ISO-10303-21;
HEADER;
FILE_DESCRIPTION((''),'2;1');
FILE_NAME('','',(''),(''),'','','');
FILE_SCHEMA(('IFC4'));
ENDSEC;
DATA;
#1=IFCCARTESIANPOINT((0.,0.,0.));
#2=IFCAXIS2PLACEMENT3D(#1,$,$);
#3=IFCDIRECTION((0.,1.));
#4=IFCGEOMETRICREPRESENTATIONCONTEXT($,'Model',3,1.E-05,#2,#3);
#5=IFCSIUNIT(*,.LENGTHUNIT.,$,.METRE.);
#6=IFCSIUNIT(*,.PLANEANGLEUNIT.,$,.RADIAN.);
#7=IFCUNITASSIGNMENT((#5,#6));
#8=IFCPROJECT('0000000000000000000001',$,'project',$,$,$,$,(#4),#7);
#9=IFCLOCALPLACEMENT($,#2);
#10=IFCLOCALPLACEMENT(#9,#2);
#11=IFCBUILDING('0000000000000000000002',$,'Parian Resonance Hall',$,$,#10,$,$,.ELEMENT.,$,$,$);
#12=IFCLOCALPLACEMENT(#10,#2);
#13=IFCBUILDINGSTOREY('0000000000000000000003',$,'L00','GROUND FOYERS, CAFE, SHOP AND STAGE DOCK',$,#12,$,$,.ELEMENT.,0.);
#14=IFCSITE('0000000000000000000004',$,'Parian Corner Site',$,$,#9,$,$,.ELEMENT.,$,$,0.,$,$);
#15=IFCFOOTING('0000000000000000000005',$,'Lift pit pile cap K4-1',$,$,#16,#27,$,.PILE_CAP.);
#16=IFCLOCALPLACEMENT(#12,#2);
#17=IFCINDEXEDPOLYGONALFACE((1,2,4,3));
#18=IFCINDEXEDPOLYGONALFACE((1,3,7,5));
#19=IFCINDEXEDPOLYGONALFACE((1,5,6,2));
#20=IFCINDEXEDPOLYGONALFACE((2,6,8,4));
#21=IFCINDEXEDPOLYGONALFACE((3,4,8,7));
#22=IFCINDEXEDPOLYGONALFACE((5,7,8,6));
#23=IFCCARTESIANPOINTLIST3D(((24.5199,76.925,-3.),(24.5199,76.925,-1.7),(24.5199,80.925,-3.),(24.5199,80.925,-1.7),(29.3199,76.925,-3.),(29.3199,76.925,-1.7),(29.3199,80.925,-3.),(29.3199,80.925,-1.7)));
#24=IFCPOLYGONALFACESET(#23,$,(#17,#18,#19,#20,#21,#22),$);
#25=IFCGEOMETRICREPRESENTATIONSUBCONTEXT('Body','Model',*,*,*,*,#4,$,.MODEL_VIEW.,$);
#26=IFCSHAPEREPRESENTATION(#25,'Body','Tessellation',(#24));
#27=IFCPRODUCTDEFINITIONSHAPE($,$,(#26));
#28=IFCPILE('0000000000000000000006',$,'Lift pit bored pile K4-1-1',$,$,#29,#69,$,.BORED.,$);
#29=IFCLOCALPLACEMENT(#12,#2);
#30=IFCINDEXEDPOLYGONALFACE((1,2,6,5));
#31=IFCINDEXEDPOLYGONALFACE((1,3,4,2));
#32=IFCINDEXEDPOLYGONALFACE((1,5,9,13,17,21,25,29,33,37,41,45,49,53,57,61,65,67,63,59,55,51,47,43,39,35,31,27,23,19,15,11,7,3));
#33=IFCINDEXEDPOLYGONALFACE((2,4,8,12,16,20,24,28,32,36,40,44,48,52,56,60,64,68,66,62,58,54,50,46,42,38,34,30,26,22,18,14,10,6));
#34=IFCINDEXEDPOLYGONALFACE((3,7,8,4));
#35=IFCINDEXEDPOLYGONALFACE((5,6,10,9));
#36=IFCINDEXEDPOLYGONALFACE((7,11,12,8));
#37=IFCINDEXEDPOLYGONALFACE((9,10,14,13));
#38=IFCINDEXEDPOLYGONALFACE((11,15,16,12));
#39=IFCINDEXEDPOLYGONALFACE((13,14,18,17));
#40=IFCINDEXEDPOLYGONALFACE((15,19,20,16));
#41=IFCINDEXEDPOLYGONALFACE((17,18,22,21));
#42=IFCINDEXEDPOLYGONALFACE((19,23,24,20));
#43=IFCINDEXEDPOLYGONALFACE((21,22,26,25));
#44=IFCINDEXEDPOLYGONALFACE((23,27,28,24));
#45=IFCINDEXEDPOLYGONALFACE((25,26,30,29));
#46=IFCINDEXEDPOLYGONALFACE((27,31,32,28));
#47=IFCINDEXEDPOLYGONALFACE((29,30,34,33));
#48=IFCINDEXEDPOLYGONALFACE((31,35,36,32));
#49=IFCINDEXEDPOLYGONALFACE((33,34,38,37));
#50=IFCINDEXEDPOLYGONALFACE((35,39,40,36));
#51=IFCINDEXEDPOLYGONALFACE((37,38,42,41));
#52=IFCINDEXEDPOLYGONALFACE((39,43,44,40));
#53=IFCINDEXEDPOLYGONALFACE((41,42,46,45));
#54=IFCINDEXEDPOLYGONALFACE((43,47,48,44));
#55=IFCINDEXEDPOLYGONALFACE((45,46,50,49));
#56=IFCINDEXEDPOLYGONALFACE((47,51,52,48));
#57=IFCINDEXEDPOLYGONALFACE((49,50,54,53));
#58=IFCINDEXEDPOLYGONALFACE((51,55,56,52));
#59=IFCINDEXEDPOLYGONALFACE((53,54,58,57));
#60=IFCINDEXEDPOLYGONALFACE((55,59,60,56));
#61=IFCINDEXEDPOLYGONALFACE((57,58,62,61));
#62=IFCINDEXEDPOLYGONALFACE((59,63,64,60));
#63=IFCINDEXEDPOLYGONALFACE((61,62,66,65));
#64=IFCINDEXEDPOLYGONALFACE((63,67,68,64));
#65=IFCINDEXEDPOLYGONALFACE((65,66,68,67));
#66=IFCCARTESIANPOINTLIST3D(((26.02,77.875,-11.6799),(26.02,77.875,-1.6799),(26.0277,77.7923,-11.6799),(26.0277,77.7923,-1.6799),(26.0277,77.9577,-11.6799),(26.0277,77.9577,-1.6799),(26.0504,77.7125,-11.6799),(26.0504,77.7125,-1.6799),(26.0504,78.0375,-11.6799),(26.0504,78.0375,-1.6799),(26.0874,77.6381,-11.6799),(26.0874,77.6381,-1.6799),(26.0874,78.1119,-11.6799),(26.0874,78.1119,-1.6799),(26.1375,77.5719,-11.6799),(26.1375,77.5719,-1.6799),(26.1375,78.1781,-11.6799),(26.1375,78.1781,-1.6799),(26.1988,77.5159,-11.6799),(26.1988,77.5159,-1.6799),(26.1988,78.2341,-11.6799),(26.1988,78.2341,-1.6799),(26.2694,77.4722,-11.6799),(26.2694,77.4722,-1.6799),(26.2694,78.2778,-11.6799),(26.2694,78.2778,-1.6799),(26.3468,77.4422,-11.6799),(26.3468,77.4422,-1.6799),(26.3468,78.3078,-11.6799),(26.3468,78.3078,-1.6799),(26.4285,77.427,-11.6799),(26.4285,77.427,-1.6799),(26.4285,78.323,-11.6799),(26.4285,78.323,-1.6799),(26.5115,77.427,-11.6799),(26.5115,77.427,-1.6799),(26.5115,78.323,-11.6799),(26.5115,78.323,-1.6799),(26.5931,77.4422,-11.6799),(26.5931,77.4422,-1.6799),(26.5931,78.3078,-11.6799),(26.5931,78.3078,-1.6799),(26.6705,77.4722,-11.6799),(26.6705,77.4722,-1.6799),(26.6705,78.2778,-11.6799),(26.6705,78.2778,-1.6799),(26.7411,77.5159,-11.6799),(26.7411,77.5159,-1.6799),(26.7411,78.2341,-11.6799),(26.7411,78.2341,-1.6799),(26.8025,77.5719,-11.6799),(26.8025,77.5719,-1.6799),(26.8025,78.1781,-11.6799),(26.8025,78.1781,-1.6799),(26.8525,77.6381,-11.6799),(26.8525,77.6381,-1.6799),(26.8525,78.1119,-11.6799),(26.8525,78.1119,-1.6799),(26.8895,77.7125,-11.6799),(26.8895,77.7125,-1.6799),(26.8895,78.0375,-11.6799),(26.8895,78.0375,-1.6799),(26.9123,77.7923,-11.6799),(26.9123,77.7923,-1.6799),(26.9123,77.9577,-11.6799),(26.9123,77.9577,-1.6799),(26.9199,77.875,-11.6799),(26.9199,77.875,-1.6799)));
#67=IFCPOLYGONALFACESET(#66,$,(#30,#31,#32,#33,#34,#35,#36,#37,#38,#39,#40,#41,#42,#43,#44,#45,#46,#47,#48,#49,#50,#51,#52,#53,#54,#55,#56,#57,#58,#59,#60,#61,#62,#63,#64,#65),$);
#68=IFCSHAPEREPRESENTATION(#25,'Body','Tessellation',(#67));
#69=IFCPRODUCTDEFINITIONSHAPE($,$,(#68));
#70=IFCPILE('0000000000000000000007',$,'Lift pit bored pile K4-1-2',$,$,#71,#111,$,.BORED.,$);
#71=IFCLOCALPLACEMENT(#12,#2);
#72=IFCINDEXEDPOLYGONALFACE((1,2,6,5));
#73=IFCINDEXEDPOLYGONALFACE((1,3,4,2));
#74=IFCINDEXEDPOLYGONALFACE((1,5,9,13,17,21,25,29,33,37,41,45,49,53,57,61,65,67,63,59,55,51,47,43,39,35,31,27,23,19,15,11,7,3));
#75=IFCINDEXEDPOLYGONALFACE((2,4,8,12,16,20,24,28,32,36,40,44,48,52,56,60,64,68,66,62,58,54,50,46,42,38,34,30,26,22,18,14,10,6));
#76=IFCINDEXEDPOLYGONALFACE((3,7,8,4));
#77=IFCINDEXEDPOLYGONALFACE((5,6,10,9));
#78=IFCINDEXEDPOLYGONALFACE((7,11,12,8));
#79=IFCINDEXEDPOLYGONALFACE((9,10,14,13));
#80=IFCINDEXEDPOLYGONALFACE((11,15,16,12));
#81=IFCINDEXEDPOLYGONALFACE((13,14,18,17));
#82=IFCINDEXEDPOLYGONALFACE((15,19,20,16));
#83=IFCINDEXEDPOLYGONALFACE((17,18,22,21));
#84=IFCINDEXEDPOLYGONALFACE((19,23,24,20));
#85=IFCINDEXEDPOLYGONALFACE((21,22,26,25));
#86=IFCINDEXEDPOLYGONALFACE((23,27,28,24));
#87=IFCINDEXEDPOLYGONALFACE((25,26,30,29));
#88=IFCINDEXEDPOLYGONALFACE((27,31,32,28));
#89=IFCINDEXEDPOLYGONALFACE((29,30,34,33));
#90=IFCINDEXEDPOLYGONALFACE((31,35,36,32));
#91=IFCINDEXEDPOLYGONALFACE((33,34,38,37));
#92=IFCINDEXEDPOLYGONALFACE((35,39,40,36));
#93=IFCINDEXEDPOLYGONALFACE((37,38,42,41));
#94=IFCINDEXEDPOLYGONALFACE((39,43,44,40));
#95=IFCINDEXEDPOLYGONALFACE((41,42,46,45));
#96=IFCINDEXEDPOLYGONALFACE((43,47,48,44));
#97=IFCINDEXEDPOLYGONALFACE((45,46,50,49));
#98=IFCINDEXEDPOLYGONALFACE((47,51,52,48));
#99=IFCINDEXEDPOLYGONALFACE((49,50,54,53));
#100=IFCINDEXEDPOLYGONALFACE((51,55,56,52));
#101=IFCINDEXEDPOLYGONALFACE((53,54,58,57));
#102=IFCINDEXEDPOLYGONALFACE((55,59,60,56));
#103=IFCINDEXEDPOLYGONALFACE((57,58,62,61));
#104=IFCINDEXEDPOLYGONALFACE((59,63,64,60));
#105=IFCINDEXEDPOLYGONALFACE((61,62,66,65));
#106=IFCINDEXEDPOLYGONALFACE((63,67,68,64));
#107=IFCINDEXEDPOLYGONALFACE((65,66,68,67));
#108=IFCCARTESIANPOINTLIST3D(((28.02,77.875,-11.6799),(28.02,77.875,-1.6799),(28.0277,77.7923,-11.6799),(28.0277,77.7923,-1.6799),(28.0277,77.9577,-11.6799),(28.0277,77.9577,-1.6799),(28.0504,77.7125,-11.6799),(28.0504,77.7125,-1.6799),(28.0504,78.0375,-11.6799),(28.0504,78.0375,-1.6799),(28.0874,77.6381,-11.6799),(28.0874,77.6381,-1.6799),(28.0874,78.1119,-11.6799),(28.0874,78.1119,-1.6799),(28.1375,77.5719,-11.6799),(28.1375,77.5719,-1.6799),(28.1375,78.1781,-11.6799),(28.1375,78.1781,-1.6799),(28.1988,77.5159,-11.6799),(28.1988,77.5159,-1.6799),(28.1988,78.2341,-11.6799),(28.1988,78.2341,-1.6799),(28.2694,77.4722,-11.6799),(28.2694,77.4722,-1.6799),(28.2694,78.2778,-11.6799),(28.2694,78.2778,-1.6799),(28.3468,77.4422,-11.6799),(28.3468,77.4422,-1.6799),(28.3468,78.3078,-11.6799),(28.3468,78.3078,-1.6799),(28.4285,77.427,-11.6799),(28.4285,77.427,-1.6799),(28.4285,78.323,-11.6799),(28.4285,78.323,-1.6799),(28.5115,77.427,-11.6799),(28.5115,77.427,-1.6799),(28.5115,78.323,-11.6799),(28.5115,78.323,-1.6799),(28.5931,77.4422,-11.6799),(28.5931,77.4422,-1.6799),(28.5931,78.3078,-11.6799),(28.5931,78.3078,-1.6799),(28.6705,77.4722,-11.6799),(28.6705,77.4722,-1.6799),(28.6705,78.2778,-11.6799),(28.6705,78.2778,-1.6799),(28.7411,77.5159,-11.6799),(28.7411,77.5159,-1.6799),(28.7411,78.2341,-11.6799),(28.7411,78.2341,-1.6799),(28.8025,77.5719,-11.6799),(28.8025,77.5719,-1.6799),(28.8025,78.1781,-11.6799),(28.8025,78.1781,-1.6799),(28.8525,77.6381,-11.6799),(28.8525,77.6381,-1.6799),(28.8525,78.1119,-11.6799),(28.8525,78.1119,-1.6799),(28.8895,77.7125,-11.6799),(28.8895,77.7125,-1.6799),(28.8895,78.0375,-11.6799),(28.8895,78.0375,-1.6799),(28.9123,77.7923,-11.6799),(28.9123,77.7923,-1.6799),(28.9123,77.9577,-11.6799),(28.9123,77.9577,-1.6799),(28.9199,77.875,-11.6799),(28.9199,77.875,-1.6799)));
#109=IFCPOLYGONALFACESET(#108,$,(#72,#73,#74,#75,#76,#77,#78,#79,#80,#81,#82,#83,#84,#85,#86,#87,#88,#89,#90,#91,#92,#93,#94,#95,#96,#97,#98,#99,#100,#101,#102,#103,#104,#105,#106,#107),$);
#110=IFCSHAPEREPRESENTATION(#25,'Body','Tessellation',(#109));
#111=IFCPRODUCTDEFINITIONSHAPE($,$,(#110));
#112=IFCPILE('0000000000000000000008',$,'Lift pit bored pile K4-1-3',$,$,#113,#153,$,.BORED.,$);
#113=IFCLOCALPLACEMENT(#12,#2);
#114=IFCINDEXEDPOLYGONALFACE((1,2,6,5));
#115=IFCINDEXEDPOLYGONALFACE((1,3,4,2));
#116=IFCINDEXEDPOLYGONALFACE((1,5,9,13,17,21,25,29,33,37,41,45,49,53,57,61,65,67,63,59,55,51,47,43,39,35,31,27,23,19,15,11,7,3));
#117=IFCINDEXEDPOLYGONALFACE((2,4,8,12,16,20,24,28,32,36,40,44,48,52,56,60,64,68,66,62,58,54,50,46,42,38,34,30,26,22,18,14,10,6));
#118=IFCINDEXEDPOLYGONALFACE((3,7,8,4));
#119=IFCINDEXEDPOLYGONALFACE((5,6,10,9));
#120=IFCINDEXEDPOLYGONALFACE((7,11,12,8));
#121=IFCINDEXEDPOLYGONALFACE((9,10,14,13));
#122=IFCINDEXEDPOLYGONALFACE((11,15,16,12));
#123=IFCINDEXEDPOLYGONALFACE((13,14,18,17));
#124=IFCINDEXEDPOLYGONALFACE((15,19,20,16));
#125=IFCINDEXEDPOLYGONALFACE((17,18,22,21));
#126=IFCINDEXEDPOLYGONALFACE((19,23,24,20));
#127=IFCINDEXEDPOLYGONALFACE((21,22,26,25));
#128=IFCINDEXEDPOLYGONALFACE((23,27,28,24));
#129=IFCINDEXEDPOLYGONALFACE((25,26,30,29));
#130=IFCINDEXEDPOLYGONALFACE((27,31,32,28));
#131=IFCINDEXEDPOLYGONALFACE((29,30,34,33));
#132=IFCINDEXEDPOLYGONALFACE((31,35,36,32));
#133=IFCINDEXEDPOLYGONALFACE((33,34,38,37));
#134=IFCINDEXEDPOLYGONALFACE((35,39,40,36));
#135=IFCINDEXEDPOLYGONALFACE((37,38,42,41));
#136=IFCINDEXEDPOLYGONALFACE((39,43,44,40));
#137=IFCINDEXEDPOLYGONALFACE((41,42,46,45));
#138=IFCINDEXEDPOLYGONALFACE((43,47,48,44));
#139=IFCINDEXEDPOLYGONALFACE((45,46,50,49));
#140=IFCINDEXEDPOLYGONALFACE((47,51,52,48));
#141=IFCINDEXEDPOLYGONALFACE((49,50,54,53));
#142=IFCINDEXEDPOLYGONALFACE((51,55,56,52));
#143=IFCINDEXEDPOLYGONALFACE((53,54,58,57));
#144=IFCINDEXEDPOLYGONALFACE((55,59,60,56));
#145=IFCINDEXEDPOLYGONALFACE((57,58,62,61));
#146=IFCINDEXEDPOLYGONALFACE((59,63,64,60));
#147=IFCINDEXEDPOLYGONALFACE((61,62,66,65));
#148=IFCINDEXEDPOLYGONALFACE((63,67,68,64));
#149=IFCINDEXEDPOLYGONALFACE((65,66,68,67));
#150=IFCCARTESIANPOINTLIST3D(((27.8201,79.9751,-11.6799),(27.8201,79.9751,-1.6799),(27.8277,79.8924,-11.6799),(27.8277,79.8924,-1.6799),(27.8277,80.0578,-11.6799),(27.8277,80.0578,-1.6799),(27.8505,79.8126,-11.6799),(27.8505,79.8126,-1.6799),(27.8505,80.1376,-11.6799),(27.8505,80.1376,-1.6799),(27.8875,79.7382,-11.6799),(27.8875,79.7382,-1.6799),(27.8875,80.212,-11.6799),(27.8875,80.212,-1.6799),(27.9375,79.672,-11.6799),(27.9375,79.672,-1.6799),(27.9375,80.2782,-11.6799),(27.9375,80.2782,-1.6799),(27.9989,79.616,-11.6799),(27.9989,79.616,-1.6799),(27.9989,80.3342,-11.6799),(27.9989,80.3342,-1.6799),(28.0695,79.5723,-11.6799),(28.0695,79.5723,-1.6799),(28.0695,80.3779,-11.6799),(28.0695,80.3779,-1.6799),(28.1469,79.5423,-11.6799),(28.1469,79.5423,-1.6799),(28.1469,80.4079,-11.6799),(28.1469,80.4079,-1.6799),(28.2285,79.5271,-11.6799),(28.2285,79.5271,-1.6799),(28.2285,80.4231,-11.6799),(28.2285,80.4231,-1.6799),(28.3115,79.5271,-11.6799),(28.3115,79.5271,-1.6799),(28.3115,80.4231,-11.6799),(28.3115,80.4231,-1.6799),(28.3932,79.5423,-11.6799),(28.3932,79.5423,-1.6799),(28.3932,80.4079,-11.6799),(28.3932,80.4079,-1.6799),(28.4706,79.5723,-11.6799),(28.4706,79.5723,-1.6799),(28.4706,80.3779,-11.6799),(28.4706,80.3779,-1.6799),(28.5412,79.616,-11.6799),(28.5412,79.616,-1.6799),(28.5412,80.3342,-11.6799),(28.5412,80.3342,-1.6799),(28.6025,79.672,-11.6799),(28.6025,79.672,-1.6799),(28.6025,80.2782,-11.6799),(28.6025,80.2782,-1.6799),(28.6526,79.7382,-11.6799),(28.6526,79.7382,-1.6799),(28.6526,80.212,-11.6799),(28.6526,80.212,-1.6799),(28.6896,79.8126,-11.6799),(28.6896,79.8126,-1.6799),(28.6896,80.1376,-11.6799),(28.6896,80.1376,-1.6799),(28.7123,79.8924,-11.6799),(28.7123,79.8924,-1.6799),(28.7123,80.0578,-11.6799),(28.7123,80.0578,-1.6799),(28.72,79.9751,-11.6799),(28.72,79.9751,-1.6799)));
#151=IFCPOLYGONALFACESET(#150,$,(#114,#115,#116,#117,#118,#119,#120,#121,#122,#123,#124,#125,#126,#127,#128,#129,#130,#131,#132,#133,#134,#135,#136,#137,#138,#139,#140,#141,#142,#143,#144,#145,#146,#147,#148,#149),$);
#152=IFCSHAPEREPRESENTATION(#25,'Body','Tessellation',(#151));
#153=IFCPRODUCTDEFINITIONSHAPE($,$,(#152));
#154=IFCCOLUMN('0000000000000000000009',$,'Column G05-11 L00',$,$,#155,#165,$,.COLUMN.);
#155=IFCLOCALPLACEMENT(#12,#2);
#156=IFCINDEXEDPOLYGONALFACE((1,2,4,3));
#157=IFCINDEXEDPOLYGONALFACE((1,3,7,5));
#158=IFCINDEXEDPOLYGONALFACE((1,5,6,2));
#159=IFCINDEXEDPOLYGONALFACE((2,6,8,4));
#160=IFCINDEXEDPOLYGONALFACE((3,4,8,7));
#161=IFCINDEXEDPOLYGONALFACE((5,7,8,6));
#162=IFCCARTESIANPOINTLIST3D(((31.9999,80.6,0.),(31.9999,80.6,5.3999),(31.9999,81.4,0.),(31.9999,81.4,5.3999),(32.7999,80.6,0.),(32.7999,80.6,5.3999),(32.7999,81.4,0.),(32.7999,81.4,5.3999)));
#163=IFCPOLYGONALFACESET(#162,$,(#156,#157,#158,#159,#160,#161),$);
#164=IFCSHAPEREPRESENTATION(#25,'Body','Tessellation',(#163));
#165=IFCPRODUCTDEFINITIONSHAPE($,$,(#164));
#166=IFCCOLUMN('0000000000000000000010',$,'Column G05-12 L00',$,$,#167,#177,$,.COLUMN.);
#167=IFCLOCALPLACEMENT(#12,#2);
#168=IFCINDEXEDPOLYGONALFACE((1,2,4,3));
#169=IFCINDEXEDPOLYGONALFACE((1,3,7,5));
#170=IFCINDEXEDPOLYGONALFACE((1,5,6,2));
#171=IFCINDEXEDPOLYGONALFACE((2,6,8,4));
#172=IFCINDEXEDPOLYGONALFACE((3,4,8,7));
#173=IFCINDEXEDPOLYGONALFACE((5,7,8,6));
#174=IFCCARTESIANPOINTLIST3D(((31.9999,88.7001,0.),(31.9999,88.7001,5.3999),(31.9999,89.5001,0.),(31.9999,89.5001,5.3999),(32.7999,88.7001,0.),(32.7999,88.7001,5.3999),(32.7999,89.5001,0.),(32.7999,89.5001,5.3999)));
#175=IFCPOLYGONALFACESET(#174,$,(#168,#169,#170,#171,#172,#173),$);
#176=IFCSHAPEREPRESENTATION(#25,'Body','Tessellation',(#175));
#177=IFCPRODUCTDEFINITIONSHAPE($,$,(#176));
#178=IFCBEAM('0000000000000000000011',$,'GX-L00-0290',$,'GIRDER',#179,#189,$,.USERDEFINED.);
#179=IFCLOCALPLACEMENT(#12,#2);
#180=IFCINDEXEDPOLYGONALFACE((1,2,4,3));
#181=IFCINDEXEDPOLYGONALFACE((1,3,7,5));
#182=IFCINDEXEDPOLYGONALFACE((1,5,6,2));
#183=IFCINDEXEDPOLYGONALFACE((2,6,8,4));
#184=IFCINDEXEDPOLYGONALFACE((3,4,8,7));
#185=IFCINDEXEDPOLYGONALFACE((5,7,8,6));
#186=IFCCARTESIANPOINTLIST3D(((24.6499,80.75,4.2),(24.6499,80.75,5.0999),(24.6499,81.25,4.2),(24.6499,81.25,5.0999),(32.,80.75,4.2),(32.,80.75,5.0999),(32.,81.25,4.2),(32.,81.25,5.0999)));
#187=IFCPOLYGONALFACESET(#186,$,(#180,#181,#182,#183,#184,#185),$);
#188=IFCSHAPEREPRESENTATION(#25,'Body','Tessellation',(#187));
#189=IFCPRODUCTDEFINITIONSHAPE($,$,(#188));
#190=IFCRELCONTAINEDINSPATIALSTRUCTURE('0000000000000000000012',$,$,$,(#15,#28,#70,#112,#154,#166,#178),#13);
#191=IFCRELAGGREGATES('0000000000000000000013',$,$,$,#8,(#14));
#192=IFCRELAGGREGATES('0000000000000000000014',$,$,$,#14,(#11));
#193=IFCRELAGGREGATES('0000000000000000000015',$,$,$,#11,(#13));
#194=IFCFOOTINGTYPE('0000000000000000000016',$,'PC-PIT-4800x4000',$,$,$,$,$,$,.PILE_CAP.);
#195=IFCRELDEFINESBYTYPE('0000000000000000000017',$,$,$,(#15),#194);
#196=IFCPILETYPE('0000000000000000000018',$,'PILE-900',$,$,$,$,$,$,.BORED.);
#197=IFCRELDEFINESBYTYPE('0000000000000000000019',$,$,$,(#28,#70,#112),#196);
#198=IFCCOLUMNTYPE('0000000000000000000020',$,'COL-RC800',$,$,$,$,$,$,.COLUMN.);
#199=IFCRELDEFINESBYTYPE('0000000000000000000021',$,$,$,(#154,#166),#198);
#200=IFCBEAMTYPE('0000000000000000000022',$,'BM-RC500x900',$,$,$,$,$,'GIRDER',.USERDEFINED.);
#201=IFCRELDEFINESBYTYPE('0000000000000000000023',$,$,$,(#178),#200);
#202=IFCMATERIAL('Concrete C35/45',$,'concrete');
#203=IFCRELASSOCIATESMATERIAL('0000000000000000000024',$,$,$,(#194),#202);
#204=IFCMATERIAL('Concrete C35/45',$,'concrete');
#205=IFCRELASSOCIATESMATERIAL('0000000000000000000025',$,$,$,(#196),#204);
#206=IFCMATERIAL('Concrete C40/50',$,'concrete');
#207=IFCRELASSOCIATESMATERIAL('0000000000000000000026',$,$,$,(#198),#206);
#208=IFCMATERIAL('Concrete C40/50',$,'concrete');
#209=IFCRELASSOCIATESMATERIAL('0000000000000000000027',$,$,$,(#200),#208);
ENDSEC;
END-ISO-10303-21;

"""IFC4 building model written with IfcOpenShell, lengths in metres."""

from ifc_helpers import new_model, si_unit, direction, frame, origin, origin_2d, place, context, subcontext, project, spatial, rectangle, circle, extrude, material, material_profile, profile_set, type_object, element, save


model = new_model("IFC4")

# Units and contexts
model_context = context("Model", 3, precision=1e-05, world=origin(), true_north=direction((0.0, 1.0)))
body_context = subcontext(model_context, "Body", "Model", "MODEL_VIEW")
ifc_project = project(units=[si_unit("LENGTHUNIT", "METRE"), si_unit("PLANEANGLEUNIT", "RADIAN")], contexts=[model_context])

# Site, building, storey
site_placement = place(None, origin())
site = spatial("IfcSite", under=ifc_project, at=site_placement, Name="Parian Corner Site", CompositionType="ELEMENT", RefElevation=0.0)
building_placement = place(site_placement, origin())
building = spatial("IfcBuilding", under=site, at=building_placement, Name="Parian Resonance Hall", CompositionType="ELEMENT")
storey_placement = place(building_placement, origin())
storey = spatial("IfcBuildingStorey", under=building, at=storey_placement, Name="L00", Description="GROUND FOYERS, CAFE, SHOP AND STAGE DOCK", CompositionType="ELEMENT", Elevation=0.0)

# Footing
ifc_material_1 = material(Name="Concrete C35/45", Category="concrete")
footing_type = type_object("IfcFootingType", Name="PC-PIT-4800x4000", PredefinedType="PILE_CAP", material=ifc_material_1)
footing_placement = place(storey_placement, frame((26.9199, 78.925, -3.0), z_axis=(0.0, 0.0, 1.0), x_axis=(1.0, 0.0, 0.0)))
element("IfcFooting", 1, at=footing_placement, inside=storey, type_object=footing_type, Name="Lift pit pile cap K4-1", PredefinedType="PILE_CAP", context=body_context, shape_type="SweptSolid", body=[
    extrude(rectangle(XDim=4.8, YDim=4.0, at=origin_2d()), origin(), (0.0, 0.0, 1.0), 1.3),
])

# Piles
ifc_material_2 = material(Name="Concrete C35/45", Category="concrete")
ifc_material_profile_1 = material_profile(ifc_material_2, circle(Radius=0.45, at=origin_2d()), Name="PILE-D900")
ifc_profile_set_1 = profile_set([ifc_material_profile_1], Name="Concrete C35/45")
pile_type = type_object("IfcPileType", Name="PILE-900", PredefinedType="BORED", material=ifc_profile_set_1)
for number, where, z_axis, x_axis, name in (
    (2, (26.47, 77.875, -1.6799), (0.0, 0.0, -1.0), (1.0, 0.0, 0.0), "Lift pit bored pile K4-1-1"),
    (3, (28.47, 77.875, -1.6799), (0.0, 0.0, -1.0), (1.0, 0.0, 0.0), "Lift pit bored pile K4-1-2"),
    (4, (28.27, 79.9751, -1.6799), (0.0, 0.0, -1.0), (1.0, 0.0, 0.0), "Lift pit bored pile K4-1-3"),
):
    element("IfcPile", number, at=place(storey_placement, frame(where, z_axis=z_axis, x_axis=x_axis)), inside=storey, type_object=pile_type, Name=name, PredefinedType="BORED", context=body_context, shape_type="SweptSolid", body=[
        extrude(circle(Radius=0.45, at=origin_2d()), origin(), (0.0, 0.0, 1.0), 10.0),
    ])

# Columns
ifc_material_3 = material(Name="Concrete C40/50", Category="concrete")
ifc_material_profile_2 = material_profile(ifc_material_3, rectangle(XDim=0.8, YDim=0.8, at=origin_2d()), Name="RC-COL-800x800")
ifc_profile_set_2 = profile_set([ifc_material_profile_2], Name="Concrete C40/50")
column_type = type_object("IfcColumnType", Name="COL-RC800", PredefinedType="COLUMN", material=ifc_profile_set_2)
for number, where, z_axis, x_axis, name in (
    (5, (32.3999, 81.0, 0.0), (0.0, 0.0, 1.0), (1.0, 0.0, 0.0), "Column G05-11 L00"),
    (6, (32.3999, 89.1001, 0.0), (0.0, 0.0, 1.0), (1.0, 0.0, 0.0), "Column G05-12 L00"),
):
    element("IfcColumn", number, at=place(storey_placement, frame(where, z_axis=z_axis, x_axis=x_axis)), inside=storey, type_object=column_type, Name=name, PredefinedType="COLUMN", context=body_context, shape_type="SweptSolid", body=[
        extrude(rectangle(XDim=0.8, YDim=0.8, at=origin_2d()), origin(), (0.0, 0.0, 1.0), 5.3999),
    ])

# Beam
ifc_material_4 = material(Name="Concrete C40/50", Category="concrete")
ifc_material_profile_3 = material_profile(ifc_material_4, rectangle(XDim=0.5, YDim=0.8999, at=origin_2d()), Name="RC-BM-500x900")
ifc_profile_set_3 = profile_set([ifc_material_profile_3], Name="Concrete C40/50")
beam_type_1 = type_object("IfcBeamType", Name="BM-RC500x900", ElementType="GIRDER", PredefinedType="USERDEFINED", material=ifc_profile_set_3)
beam_1_placement = place(storey_placement, frame((24.6499, 81.0, 4.6499), z_axis=(1.0, 0.0, 0.0), x_axis=(0.0, 1.0, 0.0)))
element("IfcBeam", 7, at=beam_1_placement, inside=storey, type_object=beam_type_1, Name="GX-L00-0290", ObjectType="GIRDER", PredefinedType="USERDEFINED", context=body_context, shape_type="SweptSolid", body=[
    extrude(rectangle(XDim=0.5, YDim=0.8999, at=origin_2d()), origin(), (0.0, 0.0, 1.0), 7.3501),
])

save(model, "model.ifc")
